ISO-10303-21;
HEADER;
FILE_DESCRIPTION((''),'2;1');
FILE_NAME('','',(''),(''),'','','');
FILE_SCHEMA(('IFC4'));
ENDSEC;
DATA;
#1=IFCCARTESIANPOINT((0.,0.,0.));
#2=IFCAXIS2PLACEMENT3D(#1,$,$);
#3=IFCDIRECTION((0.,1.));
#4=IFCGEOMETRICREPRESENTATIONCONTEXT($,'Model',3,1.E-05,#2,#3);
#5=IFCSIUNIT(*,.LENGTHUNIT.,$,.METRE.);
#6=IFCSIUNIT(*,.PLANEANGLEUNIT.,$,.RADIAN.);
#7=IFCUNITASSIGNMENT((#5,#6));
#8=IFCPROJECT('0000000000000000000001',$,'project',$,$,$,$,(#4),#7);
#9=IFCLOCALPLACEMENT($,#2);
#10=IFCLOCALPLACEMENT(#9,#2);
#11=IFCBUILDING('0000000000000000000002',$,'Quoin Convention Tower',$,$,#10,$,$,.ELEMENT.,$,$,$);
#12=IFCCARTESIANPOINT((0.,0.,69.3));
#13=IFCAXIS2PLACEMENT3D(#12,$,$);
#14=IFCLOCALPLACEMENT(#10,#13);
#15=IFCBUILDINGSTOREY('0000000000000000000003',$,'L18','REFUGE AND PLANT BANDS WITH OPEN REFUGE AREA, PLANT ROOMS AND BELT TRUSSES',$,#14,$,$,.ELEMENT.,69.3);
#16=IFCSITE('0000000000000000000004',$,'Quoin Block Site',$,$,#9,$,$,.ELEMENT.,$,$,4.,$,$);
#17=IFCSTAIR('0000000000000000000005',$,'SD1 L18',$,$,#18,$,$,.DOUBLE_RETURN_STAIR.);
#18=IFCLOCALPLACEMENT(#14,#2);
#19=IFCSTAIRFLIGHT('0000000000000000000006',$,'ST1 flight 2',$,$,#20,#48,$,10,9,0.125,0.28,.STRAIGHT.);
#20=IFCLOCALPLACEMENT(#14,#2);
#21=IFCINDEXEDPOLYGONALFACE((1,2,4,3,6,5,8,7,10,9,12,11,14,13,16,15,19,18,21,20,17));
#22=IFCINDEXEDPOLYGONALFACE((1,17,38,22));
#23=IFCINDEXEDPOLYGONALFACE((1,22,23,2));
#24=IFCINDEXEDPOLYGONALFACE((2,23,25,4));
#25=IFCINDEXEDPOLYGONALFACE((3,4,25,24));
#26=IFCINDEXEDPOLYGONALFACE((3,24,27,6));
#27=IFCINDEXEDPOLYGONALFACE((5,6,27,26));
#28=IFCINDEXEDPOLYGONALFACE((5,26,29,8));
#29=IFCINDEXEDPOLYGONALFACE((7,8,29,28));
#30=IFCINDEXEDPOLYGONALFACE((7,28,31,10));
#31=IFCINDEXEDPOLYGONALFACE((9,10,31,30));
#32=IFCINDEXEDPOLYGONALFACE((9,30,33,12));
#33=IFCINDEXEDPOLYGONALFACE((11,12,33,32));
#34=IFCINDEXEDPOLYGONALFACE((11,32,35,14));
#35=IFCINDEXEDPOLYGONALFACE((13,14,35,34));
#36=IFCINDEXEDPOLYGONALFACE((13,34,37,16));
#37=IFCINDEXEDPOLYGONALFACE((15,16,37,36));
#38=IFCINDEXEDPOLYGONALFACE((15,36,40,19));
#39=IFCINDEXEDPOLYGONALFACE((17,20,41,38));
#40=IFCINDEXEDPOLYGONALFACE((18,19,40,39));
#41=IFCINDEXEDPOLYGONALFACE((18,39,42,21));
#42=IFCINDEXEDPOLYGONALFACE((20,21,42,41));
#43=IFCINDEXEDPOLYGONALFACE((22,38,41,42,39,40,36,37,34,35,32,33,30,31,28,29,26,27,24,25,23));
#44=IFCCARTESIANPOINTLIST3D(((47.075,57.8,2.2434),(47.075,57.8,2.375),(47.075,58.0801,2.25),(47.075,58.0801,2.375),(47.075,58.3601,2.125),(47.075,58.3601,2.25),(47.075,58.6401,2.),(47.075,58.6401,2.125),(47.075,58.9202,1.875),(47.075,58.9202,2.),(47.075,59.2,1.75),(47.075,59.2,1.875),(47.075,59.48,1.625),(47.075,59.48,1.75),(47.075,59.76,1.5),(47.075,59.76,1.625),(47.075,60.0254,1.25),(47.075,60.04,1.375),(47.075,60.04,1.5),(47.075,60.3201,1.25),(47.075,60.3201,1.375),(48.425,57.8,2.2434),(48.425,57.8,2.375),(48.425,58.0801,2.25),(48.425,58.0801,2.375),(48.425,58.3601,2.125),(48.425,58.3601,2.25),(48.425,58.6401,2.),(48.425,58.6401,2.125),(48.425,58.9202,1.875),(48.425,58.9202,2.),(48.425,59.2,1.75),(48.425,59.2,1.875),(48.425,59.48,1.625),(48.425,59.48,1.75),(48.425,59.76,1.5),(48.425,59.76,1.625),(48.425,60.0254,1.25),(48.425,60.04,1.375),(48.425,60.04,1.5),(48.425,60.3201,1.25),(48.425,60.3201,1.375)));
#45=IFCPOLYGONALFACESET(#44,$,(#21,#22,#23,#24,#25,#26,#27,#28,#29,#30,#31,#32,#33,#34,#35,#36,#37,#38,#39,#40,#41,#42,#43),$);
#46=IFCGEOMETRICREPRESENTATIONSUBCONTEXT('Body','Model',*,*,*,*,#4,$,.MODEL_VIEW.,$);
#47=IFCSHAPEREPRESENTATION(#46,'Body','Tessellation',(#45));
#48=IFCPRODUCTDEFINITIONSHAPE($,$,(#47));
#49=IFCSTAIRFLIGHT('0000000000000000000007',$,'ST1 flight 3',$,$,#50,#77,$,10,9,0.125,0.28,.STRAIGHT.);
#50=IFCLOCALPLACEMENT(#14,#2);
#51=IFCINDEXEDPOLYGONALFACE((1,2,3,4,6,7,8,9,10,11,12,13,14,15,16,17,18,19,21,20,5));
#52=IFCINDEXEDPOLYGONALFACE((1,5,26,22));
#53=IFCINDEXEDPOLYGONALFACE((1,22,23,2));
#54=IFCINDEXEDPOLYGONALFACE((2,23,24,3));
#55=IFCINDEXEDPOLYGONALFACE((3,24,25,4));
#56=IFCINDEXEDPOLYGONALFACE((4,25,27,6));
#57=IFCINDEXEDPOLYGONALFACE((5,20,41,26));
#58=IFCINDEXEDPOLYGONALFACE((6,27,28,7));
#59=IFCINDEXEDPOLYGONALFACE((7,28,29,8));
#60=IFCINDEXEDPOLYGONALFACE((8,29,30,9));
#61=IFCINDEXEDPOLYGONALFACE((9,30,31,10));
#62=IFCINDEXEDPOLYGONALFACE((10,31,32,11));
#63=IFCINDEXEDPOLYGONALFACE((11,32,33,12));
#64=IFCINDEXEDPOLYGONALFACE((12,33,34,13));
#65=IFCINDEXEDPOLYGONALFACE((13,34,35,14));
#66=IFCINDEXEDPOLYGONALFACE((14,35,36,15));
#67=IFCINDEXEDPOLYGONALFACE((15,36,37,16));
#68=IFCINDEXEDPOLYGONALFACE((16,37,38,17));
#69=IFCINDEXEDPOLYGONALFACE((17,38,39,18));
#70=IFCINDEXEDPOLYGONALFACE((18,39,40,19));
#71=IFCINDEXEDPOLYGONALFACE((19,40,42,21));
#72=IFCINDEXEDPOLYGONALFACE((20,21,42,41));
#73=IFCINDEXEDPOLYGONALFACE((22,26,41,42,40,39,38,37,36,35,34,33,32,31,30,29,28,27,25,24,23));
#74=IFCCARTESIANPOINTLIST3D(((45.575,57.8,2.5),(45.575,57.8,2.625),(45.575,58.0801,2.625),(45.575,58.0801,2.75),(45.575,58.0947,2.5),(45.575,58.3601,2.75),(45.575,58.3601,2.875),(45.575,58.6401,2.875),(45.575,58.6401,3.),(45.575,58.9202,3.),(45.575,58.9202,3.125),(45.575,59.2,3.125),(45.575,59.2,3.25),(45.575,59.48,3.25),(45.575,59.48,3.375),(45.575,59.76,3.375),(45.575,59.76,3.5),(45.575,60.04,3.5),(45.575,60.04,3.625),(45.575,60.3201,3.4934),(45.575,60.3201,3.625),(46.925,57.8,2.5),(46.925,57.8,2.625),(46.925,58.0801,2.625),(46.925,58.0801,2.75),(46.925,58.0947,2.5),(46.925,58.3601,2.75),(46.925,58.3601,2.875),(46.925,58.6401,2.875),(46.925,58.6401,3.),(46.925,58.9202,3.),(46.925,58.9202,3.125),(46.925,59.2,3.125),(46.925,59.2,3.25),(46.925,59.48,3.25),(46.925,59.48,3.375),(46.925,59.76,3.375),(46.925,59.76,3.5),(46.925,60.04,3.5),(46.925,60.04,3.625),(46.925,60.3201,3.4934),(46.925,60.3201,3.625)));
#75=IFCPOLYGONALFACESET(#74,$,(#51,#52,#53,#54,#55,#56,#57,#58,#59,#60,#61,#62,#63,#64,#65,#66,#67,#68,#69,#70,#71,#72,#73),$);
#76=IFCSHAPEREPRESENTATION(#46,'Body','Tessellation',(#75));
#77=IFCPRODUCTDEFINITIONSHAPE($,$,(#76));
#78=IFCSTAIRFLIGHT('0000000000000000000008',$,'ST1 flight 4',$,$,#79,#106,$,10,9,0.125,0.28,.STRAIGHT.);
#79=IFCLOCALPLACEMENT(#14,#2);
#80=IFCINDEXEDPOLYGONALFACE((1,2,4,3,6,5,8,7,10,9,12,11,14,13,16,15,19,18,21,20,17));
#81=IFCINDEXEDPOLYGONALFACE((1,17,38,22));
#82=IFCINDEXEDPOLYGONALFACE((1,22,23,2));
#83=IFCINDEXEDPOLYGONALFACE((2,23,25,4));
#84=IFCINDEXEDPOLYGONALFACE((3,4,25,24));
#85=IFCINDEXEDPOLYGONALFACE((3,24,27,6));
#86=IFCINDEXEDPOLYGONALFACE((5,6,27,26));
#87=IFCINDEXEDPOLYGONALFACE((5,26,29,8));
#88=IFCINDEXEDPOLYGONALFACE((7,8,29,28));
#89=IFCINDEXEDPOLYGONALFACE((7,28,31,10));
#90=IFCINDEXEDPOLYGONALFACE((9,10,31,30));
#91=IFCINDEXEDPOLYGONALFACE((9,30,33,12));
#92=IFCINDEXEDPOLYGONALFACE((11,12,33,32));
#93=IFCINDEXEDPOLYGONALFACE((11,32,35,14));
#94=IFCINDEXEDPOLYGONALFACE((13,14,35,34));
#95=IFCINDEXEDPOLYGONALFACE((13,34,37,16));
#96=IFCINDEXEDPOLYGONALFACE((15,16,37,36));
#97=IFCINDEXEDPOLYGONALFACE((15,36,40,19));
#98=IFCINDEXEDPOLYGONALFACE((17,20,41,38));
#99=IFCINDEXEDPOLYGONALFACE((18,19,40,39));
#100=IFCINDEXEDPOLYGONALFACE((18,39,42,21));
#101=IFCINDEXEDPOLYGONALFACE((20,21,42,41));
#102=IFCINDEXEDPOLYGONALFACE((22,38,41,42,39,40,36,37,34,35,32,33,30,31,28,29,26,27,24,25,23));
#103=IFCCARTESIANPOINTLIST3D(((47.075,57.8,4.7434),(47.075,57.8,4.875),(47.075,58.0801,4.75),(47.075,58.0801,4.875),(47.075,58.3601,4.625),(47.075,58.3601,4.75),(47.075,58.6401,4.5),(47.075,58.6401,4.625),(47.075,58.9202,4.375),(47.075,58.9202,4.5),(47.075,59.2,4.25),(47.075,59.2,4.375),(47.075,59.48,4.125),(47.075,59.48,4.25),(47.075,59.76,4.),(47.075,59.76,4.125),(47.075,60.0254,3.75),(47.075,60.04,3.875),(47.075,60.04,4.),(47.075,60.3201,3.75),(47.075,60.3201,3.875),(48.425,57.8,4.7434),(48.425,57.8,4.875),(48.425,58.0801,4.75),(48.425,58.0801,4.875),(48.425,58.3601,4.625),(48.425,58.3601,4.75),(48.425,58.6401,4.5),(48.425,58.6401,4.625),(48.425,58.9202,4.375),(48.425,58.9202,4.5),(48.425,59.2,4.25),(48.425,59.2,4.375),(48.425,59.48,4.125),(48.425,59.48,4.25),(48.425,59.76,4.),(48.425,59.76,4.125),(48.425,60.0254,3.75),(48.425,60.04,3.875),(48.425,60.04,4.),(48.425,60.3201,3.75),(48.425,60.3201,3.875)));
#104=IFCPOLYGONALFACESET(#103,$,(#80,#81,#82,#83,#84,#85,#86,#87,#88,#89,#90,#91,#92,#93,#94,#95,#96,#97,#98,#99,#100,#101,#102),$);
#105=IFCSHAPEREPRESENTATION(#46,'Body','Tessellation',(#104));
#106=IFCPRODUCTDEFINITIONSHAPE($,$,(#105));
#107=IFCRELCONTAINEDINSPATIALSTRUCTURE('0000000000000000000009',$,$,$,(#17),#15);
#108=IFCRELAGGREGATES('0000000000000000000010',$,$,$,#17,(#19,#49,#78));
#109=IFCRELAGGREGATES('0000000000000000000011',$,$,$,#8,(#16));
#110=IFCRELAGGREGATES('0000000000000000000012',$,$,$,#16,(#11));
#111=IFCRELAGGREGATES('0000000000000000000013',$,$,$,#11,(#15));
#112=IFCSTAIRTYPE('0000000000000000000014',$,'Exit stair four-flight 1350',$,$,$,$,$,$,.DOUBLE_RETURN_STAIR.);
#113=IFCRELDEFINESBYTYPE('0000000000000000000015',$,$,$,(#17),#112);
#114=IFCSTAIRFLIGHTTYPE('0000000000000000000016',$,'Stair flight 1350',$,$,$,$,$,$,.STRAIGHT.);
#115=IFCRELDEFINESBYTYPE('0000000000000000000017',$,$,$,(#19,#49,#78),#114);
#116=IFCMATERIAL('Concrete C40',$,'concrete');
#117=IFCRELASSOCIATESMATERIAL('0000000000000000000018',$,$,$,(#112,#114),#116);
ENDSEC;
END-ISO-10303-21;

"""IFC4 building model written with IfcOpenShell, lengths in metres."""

from ifc_helpers import new_model, si_unit, direction, frame, origin, place, context, subcontext, project, spatial, polyline, outline, extrude, material, type_object, element, aggregate, save


model = new_model("IFC4")

# Units and contexts
model_context = context("Model", 3, precision=1e-05, world=origin(), true_north=direction((0.0, 1.0)))
body_context = subcontext(model_context, "Body", "Model", "MODEL_VIEW")
ifc_project = project(units=[si_unit("LENGTHUNIT", "METRE"), si_unit("PLANEANGLEUNIT", "RADIAN")], contexts=[model_context])

# Site, building, storey
site_placement = place(None, origin())
site = spatial("IfcSite", under=ifc_project, at=site_placement, Name="Quoin Block Site", CompositionType="ELEMENT", RefElevation=4.0)
building_placement = place(site_placement, origin())
building = spatial("IfcBuilding", under=site, at=building_placement, Name="Quoin Convention Tower", CompositionType="ELEMENT")
storey_placement = place(building_placement, frame((0.0, 0.0, 69.3)))
storey = spatial("IfcBuildingStorey", under=building, at=storey_placement, Name="L18", Description="REFUGE AND PLANT BANDS WITH OPEN REFUGE AREA, PLANT ROOMS AND BELT TRUSSES", CompositionType="ELEMENT", Elevation=69.3)

# Stair, stair flights
ifc_material_1 = material(Name="Concrete C40", Category="concrete")
stair_type = type_object("IfcStairType", Name="Exit stair four-flight 1350", PredefinedType="DOUBLE_RETURN_STAIR", material=ifc_material_1)
stair_placement = place(storey_placement, origin())
stair = element("IfcStair", 1, at=stair_placement, inside=storey, type_object=stair_type, Name="SD1 L18", PredefinedType="DOUBLE_RETURN_STAIR")
stair_flight_type = type_object("IfcStairFlightType", Name="Stair flight 1350", PredefinedType="STRAIGHT", material=ifc_material_1)
stair_flight_1_placement = place(storey_placement, frame((47.75, 60.3201, 1.25), z_axis=(0.0, 0.0, 1.0), x_axis=(0.0, -1.0, 0.0)))
stair_flight_1 = element("IfcStairFlight", 2, at=stair_flight_1_placement, type_object=stair_flight_type, Name="ST1 flight 2", NumberOfRisers=10, NumberOfTreads=9, PredefinedType="STRAIGHT", RiserHeight=0.125, TreadLength=0.28, context=body_context, shape_type="SweptSolid", body=[
    extrude(outline(polyline([(0.0, 0.0), (0.0, 0.125), (0.28, 0.125), (0.28, 0.25), (0.5601, 0.25), (0.5601, 0.375), (0.8401, 0.375), (0.8401, 0.5), (1.1201, 0.5), (1.1201, 0.625), (1.3999, 0.625), (1.3999, 0.75), (1.6799, 0.75), (1.6799, 0.875), (1.96, 0.875), (1.96, 1.0), (2.24, 1.0), (2.24, 1.125), (2.52, 1.125), (2.52, 1.25), (2.52, 0.9934), (0.2947, 0.0), (0.0, 0.0)])), frame((0.0, 0.675, 0.0), z_axis=(0.0, -1.0, 0.0), x_axis=(1.0, 0.0, 0.0)), (0.0, 0.0, 1.0), 1.3501),
])
stair_flight_2_placement = place(storey_placement, frame((46.25, 57.8, 2.5), z_axis=(0.0, 0.0, 1.0), x_axis=(0.0, 1.0, 0.0)))
stair_flight_2 = element("IfcStairFlight", 3, at=stair_flight_2_placement, type_object=stair_flight_type, Name="ST1 flight 3", NumberOfRisers=10, NumberOfTreads=9, PredefinedType="STRAIGHT", RiserHeight=0.125, TreadLength=0.28, context=body_context, shape_type="SweptSolid", body=[
    extrude(outline(polyline([(0.0, 0.0), (0.0, 0.125), (0.28, 0.125), (0.28, 0.25), (0.5601, 0.25), (0.5601, 0.375), (0.8401, 0.375), (0.8401, 0.5), (1.1201, 0.5), (1.1201, 0.625), (1.3999, 0.625), (1.3999, 0.75), (1.6799, 0.75), (1.6799, 0.875), (1.96, 0.875), (1.96, 1.0), (2.24, 1.0), (2.24, 1.125), (2.52, 1.125), (2.52, 1.25), (2.52, 0.9934), (0.2947, 0.0), (0.0, 0.0)])), frame((0.0, 0.675, 0.0), z_axis=(0.0, -1.0, 0.0), x_axis=(1.0, 0.0, 0.0)), (0.0, 0.0, 1.0), 1.3501),
])
stair_flight_3_placement = place(storey_placement, frame((47.75, 60.3201, 3.75), z_axis=(0.0, 0.0, 1.0), x_axis=(0.0, -1.0, 0.0)))
stair_flight_3 = element("IfcStairFlight", 4, at=stair_flight_3_placement, type_object=stair_flight_type, Name="ST1 flight 4", NumberOfRisers=10, NumberOfTreads=9, PredefinedType="STRAIGHT", RiserHeight=0.125, TreadLength=0.28, context=body_context, shape_type="SweptSolid", body=[
    extrude(outline(polyline([(0.0, 0.0), (0.0, 0.125), (0.28, 0.125), (0.28, 0.25), (0.5601, 0.25), (0.5601, 0.375), (0.8401, 0.375), (0.8401, 0.5), (1.1201, 0.5), (1.1201, 0.625), (1.3999, 0.625), (1.3999, 0.75), (1.6799, 0.75), (1.6799, 0.875), (1.96, 0.875), (1.96, 1.0), (2.24, 1.0), (2.24, 1.125), (2.52, 1.125), (2.52, 1.25), (2.52, 0.9934), (0.2947, 0.0), (0.0, 0.0)])), frame((0.0, 0.675, 0.0), z_axis=(0.0, -1.0, 0.0), x_axis=(1.0, 0.0, 0.0)), (0.0, 0.0, 1.0), 1.3501),
])
aggregate(stair, [stair_flight_1, stair_flight_2, stair_flight_3])

save(model, "model.ifc")
